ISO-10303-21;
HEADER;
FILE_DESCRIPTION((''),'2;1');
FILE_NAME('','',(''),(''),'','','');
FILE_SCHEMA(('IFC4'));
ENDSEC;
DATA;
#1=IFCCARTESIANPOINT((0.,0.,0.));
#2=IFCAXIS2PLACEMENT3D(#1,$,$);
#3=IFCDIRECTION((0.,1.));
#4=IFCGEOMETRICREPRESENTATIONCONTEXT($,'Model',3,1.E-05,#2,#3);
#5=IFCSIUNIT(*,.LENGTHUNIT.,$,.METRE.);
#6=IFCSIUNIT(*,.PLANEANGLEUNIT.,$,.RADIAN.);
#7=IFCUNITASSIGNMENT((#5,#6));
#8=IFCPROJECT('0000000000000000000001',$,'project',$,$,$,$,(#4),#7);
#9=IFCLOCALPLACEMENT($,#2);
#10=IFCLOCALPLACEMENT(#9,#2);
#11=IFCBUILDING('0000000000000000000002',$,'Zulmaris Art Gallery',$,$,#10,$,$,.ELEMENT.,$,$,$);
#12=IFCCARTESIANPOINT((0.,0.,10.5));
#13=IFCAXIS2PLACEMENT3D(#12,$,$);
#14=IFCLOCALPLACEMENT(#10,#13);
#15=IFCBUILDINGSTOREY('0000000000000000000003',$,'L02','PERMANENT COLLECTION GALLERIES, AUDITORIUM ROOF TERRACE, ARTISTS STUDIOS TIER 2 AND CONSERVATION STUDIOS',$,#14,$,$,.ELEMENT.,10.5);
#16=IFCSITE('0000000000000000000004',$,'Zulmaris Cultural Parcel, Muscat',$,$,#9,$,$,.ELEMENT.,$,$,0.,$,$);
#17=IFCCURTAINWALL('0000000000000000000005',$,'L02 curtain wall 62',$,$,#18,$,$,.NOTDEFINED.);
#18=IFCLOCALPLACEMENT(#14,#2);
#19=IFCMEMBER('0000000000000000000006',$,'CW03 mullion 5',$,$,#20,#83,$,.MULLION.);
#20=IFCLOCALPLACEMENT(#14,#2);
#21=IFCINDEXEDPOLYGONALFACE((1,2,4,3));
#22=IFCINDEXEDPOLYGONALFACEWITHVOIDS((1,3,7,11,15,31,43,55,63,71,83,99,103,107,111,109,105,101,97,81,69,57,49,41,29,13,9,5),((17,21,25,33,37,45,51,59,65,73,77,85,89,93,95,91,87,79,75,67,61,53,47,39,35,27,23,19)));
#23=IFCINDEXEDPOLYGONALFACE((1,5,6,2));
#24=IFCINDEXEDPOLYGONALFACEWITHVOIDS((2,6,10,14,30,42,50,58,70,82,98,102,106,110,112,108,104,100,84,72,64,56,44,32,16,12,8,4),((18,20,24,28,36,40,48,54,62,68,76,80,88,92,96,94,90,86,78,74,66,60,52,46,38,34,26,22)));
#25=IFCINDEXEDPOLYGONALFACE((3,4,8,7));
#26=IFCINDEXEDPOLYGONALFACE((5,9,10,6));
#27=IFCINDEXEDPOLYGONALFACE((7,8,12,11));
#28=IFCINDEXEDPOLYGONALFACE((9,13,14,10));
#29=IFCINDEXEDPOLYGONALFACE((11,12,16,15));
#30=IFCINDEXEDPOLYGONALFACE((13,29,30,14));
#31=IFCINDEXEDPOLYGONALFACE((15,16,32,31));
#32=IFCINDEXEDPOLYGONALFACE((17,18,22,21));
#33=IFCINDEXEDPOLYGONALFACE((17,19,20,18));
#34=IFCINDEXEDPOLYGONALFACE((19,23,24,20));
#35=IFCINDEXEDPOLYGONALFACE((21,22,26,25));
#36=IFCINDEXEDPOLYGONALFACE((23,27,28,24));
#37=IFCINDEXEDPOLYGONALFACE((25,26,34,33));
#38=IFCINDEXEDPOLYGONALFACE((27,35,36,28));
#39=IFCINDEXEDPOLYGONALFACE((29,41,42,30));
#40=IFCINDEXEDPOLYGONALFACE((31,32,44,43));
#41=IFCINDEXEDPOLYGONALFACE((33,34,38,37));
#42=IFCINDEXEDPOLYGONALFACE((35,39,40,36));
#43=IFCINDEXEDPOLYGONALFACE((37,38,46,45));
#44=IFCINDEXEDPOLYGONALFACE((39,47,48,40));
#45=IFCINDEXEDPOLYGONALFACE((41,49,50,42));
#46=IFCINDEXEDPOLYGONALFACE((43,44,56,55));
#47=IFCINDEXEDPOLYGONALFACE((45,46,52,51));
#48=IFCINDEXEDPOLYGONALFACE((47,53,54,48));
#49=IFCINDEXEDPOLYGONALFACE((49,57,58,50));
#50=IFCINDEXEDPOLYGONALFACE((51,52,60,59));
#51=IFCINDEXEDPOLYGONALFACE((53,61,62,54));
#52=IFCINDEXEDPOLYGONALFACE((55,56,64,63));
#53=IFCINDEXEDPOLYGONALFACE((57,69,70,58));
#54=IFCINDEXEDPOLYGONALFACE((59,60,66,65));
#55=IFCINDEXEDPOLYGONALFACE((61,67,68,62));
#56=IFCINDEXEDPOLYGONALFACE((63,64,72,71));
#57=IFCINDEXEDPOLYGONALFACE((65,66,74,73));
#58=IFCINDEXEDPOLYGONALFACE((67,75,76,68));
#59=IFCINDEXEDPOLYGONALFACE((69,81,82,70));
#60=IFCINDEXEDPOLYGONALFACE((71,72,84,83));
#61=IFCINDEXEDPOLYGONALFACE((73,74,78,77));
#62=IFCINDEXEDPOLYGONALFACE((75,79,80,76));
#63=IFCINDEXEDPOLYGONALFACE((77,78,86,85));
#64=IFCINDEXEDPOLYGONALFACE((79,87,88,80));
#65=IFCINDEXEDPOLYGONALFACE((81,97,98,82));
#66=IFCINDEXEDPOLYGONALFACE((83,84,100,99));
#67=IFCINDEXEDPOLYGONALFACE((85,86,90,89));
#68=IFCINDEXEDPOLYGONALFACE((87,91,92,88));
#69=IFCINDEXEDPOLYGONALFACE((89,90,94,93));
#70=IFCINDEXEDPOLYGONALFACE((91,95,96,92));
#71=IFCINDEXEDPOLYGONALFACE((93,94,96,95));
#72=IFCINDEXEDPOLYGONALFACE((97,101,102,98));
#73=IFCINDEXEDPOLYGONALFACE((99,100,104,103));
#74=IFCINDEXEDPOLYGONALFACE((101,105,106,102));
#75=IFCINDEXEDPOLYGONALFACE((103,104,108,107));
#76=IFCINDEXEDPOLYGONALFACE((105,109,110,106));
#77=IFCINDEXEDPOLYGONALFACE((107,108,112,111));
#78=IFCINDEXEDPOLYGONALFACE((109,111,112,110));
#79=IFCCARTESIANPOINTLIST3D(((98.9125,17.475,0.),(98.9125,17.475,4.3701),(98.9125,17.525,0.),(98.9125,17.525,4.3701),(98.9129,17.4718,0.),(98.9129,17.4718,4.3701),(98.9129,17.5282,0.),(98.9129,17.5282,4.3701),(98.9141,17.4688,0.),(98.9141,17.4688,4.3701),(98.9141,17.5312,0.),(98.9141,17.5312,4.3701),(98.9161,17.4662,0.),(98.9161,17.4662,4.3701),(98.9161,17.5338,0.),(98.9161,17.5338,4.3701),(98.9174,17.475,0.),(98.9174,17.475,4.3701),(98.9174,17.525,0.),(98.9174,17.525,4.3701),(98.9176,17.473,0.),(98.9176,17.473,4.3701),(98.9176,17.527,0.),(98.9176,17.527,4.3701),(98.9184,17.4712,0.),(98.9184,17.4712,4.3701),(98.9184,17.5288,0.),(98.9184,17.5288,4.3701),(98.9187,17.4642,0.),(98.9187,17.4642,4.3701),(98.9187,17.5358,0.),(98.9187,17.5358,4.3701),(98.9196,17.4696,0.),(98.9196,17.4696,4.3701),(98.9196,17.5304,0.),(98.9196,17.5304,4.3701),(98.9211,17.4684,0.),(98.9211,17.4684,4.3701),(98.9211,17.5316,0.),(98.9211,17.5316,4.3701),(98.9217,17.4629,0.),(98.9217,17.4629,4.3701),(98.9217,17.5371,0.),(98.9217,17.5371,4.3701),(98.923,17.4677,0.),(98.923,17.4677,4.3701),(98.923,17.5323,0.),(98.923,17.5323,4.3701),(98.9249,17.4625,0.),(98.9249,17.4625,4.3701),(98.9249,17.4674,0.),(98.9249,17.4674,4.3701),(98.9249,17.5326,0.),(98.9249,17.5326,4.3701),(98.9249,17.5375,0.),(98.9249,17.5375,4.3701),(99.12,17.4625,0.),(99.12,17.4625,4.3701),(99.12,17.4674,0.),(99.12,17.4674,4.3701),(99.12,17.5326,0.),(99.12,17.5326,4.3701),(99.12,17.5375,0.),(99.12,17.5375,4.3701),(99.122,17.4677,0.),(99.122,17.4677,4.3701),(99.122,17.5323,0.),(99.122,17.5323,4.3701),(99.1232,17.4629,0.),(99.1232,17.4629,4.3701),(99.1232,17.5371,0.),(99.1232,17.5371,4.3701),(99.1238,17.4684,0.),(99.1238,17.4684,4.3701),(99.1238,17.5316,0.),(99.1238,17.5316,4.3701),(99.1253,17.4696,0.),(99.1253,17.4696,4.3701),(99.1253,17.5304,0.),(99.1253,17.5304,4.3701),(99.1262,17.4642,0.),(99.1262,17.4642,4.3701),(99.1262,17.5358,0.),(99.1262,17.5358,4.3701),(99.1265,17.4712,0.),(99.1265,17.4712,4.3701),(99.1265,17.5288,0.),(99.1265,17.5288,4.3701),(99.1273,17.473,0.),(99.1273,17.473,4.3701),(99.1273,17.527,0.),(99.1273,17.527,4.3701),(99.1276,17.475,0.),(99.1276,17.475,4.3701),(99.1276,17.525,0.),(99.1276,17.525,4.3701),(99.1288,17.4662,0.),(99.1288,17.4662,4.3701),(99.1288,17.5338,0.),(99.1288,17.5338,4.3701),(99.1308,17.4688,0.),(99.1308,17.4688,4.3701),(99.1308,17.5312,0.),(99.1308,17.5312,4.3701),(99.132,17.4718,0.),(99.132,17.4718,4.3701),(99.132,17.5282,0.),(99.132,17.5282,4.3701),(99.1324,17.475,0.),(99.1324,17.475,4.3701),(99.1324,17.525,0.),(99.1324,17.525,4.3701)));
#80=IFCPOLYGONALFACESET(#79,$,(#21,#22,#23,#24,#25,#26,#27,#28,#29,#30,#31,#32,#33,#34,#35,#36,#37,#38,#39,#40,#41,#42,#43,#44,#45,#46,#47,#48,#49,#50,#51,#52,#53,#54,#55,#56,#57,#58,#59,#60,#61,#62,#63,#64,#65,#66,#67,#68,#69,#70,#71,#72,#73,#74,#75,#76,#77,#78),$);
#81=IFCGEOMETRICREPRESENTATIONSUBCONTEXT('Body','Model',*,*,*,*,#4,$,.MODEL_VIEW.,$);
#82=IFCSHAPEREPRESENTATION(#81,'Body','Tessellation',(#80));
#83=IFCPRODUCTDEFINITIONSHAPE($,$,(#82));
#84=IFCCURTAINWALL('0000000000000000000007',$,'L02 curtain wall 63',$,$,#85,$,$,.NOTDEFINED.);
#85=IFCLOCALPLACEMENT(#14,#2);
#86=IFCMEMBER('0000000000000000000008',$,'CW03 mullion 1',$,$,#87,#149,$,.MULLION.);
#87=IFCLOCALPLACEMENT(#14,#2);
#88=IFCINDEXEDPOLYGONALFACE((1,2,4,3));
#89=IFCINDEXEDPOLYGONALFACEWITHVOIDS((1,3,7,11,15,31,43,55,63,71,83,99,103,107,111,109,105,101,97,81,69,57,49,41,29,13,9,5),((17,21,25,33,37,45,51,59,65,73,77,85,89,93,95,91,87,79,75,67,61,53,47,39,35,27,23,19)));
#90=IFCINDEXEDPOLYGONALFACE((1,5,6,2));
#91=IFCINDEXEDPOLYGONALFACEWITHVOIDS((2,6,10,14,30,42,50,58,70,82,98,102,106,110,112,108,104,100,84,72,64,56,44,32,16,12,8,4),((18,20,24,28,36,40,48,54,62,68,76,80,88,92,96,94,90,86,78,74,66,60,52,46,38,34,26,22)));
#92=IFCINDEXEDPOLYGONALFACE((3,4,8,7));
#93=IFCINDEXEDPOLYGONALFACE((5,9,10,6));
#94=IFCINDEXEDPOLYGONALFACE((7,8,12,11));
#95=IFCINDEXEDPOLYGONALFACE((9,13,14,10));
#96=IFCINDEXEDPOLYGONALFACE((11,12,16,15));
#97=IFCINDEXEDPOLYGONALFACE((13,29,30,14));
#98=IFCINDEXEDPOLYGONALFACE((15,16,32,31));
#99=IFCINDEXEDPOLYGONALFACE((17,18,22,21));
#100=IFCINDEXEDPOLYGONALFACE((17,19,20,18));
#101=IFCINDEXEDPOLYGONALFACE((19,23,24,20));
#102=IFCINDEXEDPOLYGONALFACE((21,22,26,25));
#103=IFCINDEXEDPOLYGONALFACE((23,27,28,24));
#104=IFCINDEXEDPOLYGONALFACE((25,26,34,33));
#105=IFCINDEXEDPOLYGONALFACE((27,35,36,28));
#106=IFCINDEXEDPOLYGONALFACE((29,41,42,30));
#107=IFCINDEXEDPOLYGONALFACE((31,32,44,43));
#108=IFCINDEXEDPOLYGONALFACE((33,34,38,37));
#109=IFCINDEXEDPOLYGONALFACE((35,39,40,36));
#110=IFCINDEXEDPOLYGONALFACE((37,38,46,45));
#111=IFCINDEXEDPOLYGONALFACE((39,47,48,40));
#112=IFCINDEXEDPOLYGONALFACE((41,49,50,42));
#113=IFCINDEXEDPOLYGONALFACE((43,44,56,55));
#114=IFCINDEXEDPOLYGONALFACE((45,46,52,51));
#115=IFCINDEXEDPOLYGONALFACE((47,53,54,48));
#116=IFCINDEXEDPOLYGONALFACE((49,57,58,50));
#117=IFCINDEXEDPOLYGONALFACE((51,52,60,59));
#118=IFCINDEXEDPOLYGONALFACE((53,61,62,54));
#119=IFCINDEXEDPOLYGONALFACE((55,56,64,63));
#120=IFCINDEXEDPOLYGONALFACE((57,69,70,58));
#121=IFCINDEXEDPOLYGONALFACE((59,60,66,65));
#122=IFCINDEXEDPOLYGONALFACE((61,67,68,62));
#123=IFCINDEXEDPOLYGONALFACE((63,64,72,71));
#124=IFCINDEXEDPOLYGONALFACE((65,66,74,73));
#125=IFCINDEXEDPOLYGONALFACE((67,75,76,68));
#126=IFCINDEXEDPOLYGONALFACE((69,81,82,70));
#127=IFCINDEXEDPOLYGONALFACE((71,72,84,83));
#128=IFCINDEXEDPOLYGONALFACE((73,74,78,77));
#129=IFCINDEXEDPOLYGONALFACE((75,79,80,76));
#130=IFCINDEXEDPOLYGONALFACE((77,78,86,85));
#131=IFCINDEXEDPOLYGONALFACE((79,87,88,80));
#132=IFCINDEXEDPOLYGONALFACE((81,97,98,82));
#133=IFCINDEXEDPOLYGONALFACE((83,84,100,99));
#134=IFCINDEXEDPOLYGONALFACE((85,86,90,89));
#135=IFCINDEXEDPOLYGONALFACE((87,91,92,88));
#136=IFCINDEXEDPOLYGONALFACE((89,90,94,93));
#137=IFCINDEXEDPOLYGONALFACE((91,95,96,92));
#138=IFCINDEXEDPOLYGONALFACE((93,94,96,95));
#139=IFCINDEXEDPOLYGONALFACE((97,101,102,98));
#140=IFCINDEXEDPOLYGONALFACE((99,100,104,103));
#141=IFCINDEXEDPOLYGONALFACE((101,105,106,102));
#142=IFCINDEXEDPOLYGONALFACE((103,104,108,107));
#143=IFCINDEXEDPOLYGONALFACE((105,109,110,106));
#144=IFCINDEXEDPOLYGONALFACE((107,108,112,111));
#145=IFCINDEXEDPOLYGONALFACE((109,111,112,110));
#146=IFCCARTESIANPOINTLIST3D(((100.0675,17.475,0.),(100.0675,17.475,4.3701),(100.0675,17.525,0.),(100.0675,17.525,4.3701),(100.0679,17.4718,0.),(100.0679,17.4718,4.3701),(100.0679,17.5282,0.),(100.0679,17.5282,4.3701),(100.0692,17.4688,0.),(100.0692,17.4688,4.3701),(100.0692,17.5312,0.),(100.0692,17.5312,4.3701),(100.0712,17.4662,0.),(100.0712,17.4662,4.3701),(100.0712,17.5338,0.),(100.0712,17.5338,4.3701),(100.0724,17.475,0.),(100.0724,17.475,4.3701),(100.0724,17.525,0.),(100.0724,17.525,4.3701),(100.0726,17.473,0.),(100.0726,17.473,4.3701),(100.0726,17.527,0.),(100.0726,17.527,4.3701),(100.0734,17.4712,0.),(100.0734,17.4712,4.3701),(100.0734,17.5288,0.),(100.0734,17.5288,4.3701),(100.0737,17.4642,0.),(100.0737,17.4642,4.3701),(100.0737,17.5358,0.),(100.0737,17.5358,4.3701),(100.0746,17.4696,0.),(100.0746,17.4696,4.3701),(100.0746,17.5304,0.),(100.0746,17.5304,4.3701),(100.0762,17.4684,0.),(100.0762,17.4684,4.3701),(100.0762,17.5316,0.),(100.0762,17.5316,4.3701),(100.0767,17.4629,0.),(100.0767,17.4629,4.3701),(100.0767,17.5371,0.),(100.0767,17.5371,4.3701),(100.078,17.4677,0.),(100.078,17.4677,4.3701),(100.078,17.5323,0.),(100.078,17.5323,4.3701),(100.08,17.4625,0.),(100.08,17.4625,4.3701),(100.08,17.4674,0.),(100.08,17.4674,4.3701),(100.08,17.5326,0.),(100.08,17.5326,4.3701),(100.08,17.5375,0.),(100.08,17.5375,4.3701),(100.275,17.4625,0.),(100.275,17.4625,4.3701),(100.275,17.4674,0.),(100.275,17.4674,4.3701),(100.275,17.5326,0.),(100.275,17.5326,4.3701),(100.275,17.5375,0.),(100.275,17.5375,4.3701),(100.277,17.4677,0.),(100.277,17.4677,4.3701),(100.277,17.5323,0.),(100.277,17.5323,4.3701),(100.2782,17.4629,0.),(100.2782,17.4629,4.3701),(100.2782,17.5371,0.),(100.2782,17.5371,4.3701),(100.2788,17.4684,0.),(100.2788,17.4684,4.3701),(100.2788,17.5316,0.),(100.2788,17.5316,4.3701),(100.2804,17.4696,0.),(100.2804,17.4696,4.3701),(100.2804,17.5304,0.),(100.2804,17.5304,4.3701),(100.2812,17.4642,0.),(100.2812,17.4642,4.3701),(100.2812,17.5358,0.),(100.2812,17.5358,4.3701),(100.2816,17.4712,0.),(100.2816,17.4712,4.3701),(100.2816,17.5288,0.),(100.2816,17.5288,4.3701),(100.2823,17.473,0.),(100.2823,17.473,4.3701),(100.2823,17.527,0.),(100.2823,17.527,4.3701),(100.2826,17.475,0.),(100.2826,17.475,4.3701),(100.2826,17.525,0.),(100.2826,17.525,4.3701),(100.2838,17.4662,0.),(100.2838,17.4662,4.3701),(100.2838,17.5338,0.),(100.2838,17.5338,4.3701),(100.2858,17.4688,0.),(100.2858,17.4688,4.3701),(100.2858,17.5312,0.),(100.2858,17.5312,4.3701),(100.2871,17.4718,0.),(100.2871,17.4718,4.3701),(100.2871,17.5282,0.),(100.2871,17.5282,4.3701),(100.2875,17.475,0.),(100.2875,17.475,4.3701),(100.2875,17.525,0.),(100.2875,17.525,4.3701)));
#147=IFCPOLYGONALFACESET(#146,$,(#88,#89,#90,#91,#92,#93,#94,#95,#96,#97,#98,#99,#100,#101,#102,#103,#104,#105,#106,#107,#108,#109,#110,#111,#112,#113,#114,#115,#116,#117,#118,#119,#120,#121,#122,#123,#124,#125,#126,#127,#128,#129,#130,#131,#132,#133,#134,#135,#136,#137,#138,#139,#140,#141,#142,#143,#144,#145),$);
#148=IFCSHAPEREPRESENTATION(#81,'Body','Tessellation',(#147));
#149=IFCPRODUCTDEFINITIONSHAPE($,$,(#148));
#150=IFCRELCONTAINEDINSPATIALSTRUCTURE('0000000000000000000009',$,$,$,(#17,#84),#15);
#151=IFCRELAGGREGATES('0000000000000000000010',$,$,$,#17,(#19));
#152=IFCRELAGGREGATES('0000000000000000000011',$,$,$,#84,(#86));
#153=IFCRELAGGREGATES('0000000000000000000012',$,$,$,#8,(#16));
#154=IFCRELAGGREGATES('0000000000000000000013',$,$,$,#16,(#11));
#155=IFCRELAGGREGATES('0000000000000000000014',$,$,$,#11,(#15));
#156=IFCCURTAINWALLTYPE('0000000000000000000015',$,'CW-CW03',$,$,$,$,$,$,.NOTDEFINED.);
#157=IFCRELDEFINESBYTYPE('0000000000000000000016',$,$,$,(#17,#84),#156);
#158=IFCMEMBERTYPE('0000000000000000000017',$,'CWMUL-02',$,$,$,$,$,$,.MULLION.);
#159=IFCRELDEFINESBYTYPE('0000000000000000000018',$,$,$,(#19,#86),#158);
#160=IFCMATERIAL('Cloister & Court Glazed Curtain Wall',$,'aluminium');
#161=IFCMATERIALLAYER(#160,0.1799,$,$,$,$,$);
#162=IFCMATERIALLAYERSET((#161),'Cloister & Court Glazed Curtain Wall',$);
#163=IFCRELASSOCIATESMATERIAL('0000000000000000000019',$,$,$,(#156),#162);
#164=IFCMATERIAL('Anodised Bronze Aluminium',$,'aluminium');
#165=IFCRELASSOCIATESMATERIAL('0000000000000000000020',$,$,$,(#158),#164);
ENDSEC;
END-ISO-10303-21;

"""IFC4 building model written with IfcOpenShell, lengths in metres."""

from ifc_helpers import new_model, si_unit, direction, frame, origin, origin_2d, place, context, subcontext, project, spatial, hollow_rectangle, extrude, material, layer, layer_set, material_profile, profile_set, type_object, element, aggregate, save


model = new_model("IFC4")

# Units and contexts
model_context = context("Model", 3, precision=1e-05, world=origin(), true_north=direction((0.0, 1.0)))
body_context = subcontext(model_context, "Body", "Model", "MODEL_VIEW")
ifc_project = project(units=[si_unit("LENGTHUNIT", "METRE"), si_unit("PLANEANGLEUNIT", "RADIAN")], contexts=[model_context])

# Site, building, storey
site_placement = place(None, origin())
site = spatial("IfcSite", under=ifc_project, at=site_placement, Name="Zulmaris Cultural Parcel, Muscat", CompositionType="ELEMENT", RefElevation=0.0)
building_placement = place(site_placement, origin())
building = spatial("IfcBuilding", under=site, at=building_placement, Name="Zulmaris Art Gallery", CompositionType="ELEMENT")
storey_placement = place(building_placement, frame((0.0, 0.0, 10.5)))
storey = spatial("IfcBuildingStorey", under=building, at=storey_placement, Name="L02", Description="PERMANENT COLLECTION GALLERIES, AUDITORIUM ROOF TERRACE, ARTISTS STUDIOS TIER 2 AND CONSERVATION STUDIOS", CompositionType="ELEMENT", Elevation=10.5)

# Curtain wall, member
ifc_material_1 = material(Name="Cloister & Court Glazed Curtain Wall", Category="aluminium")
ifc_layer_1 = layer(ifc_material_1, 0.1799)
ifc_layer_set_1 = layer_set([ifc_layer_1], Name="Cloister & Court Glazed Curtain Wall")
curtain_wall_type = type_object("IfcCurtainWallType", Name="CW-CW03", PredefinedType="NOTDEFINED", material=ifc_layer_set_1)
curtain_wall_1_placement = place(storey_placement, origin())
curtain_wall_1 = element("IfcCurtainWall", 1, at=curtain_wall_1_placement, inside=storey, type_object=curtain_wall_type, Name="L02 curtain wall 62", PredefinedType="NOTDEFINED")
ifc_material_2 = material(Name="Anodised Bronze Aluminium", Category="aluminium")
ifc_material_profile_1 = material_profile(ifc_material_2, hollow_rectangle(XDim=0.075, YDim=0.22, WallThickness=0.0049, InnerFilletRadius=0.0076, OuterFilletRadius=0.0125, at=origin_2d()), Name="ALU 75x220x5")
ifc_profile_set_1 = profile_set([ifc_material_profile_1], Name="Anodised Bronze Aluminium")
member_type_1 = type_object("IfcMemberType", Name="CWMUL-02", PredefinedType="MULLION", material=ifc_profile_set_1)
member_1_placement = place(storey_placement, frame((99.0225, 17.5, 0.0), z_axis=(0.0, 0.0, 1.0), x_axis=(0.0, 1.0, 0.0)))
member_1 = element("IfcMember", 2, at=member_1_placement, type_object=member_type_1, Name="CW03 mullion 5", PredefinedType="MULLION", context=body_context, shape_type="SweptSolid", body=[
    extrude(hollow_rectangle(XDim=0.075, YDim=0.22, WallThickness=0.0049, InnerFilletRadius=0.0076, OuterFilletRadius=0.0125, at=origin_2d()), origin(), (0.0, 0.0, 1.0), 4.3701),
])
aggregate(curtain_wall_1, [member_1])

# Curtain wall, member
curtain_wall_2_placement = place(storey_placement, origin())
curtain_wall_2 = element("IfcCurtainWall", 3, at=curtain_wall_2_placement, inside=storey, type_object=curtain_wall_type, Name="L02 curtain wall 63", PredefinedType="NOTDEFINED")
member_2_placement = place(storey_placement, frame((100.1775, 17.5, 0.0), z_axis=(0.0, 0.0, 1.0), x_axis=(0.0, 1.0, 0.0)))
member_2 = element("IfcMember", 4, at=member_2_placement, type_object=member_type_1, Name="CW03 mullion 1", PredefinedType="MULLION", context=body_context, shape_type="SweptSolid", body=[
    extrude(hollow_rectangle(XDim=0.075, YDim=0.22, WallThickness=0.0049, InnerFilletRadius=0.0076, OuterFilletRadius=0.0125, at=origin_2d()), origin(), (0.0, 0.0, 1.0), 4.3701),
])
aggregate(curtain_wall_2, [member_2])

save(model, "model.ifc")
